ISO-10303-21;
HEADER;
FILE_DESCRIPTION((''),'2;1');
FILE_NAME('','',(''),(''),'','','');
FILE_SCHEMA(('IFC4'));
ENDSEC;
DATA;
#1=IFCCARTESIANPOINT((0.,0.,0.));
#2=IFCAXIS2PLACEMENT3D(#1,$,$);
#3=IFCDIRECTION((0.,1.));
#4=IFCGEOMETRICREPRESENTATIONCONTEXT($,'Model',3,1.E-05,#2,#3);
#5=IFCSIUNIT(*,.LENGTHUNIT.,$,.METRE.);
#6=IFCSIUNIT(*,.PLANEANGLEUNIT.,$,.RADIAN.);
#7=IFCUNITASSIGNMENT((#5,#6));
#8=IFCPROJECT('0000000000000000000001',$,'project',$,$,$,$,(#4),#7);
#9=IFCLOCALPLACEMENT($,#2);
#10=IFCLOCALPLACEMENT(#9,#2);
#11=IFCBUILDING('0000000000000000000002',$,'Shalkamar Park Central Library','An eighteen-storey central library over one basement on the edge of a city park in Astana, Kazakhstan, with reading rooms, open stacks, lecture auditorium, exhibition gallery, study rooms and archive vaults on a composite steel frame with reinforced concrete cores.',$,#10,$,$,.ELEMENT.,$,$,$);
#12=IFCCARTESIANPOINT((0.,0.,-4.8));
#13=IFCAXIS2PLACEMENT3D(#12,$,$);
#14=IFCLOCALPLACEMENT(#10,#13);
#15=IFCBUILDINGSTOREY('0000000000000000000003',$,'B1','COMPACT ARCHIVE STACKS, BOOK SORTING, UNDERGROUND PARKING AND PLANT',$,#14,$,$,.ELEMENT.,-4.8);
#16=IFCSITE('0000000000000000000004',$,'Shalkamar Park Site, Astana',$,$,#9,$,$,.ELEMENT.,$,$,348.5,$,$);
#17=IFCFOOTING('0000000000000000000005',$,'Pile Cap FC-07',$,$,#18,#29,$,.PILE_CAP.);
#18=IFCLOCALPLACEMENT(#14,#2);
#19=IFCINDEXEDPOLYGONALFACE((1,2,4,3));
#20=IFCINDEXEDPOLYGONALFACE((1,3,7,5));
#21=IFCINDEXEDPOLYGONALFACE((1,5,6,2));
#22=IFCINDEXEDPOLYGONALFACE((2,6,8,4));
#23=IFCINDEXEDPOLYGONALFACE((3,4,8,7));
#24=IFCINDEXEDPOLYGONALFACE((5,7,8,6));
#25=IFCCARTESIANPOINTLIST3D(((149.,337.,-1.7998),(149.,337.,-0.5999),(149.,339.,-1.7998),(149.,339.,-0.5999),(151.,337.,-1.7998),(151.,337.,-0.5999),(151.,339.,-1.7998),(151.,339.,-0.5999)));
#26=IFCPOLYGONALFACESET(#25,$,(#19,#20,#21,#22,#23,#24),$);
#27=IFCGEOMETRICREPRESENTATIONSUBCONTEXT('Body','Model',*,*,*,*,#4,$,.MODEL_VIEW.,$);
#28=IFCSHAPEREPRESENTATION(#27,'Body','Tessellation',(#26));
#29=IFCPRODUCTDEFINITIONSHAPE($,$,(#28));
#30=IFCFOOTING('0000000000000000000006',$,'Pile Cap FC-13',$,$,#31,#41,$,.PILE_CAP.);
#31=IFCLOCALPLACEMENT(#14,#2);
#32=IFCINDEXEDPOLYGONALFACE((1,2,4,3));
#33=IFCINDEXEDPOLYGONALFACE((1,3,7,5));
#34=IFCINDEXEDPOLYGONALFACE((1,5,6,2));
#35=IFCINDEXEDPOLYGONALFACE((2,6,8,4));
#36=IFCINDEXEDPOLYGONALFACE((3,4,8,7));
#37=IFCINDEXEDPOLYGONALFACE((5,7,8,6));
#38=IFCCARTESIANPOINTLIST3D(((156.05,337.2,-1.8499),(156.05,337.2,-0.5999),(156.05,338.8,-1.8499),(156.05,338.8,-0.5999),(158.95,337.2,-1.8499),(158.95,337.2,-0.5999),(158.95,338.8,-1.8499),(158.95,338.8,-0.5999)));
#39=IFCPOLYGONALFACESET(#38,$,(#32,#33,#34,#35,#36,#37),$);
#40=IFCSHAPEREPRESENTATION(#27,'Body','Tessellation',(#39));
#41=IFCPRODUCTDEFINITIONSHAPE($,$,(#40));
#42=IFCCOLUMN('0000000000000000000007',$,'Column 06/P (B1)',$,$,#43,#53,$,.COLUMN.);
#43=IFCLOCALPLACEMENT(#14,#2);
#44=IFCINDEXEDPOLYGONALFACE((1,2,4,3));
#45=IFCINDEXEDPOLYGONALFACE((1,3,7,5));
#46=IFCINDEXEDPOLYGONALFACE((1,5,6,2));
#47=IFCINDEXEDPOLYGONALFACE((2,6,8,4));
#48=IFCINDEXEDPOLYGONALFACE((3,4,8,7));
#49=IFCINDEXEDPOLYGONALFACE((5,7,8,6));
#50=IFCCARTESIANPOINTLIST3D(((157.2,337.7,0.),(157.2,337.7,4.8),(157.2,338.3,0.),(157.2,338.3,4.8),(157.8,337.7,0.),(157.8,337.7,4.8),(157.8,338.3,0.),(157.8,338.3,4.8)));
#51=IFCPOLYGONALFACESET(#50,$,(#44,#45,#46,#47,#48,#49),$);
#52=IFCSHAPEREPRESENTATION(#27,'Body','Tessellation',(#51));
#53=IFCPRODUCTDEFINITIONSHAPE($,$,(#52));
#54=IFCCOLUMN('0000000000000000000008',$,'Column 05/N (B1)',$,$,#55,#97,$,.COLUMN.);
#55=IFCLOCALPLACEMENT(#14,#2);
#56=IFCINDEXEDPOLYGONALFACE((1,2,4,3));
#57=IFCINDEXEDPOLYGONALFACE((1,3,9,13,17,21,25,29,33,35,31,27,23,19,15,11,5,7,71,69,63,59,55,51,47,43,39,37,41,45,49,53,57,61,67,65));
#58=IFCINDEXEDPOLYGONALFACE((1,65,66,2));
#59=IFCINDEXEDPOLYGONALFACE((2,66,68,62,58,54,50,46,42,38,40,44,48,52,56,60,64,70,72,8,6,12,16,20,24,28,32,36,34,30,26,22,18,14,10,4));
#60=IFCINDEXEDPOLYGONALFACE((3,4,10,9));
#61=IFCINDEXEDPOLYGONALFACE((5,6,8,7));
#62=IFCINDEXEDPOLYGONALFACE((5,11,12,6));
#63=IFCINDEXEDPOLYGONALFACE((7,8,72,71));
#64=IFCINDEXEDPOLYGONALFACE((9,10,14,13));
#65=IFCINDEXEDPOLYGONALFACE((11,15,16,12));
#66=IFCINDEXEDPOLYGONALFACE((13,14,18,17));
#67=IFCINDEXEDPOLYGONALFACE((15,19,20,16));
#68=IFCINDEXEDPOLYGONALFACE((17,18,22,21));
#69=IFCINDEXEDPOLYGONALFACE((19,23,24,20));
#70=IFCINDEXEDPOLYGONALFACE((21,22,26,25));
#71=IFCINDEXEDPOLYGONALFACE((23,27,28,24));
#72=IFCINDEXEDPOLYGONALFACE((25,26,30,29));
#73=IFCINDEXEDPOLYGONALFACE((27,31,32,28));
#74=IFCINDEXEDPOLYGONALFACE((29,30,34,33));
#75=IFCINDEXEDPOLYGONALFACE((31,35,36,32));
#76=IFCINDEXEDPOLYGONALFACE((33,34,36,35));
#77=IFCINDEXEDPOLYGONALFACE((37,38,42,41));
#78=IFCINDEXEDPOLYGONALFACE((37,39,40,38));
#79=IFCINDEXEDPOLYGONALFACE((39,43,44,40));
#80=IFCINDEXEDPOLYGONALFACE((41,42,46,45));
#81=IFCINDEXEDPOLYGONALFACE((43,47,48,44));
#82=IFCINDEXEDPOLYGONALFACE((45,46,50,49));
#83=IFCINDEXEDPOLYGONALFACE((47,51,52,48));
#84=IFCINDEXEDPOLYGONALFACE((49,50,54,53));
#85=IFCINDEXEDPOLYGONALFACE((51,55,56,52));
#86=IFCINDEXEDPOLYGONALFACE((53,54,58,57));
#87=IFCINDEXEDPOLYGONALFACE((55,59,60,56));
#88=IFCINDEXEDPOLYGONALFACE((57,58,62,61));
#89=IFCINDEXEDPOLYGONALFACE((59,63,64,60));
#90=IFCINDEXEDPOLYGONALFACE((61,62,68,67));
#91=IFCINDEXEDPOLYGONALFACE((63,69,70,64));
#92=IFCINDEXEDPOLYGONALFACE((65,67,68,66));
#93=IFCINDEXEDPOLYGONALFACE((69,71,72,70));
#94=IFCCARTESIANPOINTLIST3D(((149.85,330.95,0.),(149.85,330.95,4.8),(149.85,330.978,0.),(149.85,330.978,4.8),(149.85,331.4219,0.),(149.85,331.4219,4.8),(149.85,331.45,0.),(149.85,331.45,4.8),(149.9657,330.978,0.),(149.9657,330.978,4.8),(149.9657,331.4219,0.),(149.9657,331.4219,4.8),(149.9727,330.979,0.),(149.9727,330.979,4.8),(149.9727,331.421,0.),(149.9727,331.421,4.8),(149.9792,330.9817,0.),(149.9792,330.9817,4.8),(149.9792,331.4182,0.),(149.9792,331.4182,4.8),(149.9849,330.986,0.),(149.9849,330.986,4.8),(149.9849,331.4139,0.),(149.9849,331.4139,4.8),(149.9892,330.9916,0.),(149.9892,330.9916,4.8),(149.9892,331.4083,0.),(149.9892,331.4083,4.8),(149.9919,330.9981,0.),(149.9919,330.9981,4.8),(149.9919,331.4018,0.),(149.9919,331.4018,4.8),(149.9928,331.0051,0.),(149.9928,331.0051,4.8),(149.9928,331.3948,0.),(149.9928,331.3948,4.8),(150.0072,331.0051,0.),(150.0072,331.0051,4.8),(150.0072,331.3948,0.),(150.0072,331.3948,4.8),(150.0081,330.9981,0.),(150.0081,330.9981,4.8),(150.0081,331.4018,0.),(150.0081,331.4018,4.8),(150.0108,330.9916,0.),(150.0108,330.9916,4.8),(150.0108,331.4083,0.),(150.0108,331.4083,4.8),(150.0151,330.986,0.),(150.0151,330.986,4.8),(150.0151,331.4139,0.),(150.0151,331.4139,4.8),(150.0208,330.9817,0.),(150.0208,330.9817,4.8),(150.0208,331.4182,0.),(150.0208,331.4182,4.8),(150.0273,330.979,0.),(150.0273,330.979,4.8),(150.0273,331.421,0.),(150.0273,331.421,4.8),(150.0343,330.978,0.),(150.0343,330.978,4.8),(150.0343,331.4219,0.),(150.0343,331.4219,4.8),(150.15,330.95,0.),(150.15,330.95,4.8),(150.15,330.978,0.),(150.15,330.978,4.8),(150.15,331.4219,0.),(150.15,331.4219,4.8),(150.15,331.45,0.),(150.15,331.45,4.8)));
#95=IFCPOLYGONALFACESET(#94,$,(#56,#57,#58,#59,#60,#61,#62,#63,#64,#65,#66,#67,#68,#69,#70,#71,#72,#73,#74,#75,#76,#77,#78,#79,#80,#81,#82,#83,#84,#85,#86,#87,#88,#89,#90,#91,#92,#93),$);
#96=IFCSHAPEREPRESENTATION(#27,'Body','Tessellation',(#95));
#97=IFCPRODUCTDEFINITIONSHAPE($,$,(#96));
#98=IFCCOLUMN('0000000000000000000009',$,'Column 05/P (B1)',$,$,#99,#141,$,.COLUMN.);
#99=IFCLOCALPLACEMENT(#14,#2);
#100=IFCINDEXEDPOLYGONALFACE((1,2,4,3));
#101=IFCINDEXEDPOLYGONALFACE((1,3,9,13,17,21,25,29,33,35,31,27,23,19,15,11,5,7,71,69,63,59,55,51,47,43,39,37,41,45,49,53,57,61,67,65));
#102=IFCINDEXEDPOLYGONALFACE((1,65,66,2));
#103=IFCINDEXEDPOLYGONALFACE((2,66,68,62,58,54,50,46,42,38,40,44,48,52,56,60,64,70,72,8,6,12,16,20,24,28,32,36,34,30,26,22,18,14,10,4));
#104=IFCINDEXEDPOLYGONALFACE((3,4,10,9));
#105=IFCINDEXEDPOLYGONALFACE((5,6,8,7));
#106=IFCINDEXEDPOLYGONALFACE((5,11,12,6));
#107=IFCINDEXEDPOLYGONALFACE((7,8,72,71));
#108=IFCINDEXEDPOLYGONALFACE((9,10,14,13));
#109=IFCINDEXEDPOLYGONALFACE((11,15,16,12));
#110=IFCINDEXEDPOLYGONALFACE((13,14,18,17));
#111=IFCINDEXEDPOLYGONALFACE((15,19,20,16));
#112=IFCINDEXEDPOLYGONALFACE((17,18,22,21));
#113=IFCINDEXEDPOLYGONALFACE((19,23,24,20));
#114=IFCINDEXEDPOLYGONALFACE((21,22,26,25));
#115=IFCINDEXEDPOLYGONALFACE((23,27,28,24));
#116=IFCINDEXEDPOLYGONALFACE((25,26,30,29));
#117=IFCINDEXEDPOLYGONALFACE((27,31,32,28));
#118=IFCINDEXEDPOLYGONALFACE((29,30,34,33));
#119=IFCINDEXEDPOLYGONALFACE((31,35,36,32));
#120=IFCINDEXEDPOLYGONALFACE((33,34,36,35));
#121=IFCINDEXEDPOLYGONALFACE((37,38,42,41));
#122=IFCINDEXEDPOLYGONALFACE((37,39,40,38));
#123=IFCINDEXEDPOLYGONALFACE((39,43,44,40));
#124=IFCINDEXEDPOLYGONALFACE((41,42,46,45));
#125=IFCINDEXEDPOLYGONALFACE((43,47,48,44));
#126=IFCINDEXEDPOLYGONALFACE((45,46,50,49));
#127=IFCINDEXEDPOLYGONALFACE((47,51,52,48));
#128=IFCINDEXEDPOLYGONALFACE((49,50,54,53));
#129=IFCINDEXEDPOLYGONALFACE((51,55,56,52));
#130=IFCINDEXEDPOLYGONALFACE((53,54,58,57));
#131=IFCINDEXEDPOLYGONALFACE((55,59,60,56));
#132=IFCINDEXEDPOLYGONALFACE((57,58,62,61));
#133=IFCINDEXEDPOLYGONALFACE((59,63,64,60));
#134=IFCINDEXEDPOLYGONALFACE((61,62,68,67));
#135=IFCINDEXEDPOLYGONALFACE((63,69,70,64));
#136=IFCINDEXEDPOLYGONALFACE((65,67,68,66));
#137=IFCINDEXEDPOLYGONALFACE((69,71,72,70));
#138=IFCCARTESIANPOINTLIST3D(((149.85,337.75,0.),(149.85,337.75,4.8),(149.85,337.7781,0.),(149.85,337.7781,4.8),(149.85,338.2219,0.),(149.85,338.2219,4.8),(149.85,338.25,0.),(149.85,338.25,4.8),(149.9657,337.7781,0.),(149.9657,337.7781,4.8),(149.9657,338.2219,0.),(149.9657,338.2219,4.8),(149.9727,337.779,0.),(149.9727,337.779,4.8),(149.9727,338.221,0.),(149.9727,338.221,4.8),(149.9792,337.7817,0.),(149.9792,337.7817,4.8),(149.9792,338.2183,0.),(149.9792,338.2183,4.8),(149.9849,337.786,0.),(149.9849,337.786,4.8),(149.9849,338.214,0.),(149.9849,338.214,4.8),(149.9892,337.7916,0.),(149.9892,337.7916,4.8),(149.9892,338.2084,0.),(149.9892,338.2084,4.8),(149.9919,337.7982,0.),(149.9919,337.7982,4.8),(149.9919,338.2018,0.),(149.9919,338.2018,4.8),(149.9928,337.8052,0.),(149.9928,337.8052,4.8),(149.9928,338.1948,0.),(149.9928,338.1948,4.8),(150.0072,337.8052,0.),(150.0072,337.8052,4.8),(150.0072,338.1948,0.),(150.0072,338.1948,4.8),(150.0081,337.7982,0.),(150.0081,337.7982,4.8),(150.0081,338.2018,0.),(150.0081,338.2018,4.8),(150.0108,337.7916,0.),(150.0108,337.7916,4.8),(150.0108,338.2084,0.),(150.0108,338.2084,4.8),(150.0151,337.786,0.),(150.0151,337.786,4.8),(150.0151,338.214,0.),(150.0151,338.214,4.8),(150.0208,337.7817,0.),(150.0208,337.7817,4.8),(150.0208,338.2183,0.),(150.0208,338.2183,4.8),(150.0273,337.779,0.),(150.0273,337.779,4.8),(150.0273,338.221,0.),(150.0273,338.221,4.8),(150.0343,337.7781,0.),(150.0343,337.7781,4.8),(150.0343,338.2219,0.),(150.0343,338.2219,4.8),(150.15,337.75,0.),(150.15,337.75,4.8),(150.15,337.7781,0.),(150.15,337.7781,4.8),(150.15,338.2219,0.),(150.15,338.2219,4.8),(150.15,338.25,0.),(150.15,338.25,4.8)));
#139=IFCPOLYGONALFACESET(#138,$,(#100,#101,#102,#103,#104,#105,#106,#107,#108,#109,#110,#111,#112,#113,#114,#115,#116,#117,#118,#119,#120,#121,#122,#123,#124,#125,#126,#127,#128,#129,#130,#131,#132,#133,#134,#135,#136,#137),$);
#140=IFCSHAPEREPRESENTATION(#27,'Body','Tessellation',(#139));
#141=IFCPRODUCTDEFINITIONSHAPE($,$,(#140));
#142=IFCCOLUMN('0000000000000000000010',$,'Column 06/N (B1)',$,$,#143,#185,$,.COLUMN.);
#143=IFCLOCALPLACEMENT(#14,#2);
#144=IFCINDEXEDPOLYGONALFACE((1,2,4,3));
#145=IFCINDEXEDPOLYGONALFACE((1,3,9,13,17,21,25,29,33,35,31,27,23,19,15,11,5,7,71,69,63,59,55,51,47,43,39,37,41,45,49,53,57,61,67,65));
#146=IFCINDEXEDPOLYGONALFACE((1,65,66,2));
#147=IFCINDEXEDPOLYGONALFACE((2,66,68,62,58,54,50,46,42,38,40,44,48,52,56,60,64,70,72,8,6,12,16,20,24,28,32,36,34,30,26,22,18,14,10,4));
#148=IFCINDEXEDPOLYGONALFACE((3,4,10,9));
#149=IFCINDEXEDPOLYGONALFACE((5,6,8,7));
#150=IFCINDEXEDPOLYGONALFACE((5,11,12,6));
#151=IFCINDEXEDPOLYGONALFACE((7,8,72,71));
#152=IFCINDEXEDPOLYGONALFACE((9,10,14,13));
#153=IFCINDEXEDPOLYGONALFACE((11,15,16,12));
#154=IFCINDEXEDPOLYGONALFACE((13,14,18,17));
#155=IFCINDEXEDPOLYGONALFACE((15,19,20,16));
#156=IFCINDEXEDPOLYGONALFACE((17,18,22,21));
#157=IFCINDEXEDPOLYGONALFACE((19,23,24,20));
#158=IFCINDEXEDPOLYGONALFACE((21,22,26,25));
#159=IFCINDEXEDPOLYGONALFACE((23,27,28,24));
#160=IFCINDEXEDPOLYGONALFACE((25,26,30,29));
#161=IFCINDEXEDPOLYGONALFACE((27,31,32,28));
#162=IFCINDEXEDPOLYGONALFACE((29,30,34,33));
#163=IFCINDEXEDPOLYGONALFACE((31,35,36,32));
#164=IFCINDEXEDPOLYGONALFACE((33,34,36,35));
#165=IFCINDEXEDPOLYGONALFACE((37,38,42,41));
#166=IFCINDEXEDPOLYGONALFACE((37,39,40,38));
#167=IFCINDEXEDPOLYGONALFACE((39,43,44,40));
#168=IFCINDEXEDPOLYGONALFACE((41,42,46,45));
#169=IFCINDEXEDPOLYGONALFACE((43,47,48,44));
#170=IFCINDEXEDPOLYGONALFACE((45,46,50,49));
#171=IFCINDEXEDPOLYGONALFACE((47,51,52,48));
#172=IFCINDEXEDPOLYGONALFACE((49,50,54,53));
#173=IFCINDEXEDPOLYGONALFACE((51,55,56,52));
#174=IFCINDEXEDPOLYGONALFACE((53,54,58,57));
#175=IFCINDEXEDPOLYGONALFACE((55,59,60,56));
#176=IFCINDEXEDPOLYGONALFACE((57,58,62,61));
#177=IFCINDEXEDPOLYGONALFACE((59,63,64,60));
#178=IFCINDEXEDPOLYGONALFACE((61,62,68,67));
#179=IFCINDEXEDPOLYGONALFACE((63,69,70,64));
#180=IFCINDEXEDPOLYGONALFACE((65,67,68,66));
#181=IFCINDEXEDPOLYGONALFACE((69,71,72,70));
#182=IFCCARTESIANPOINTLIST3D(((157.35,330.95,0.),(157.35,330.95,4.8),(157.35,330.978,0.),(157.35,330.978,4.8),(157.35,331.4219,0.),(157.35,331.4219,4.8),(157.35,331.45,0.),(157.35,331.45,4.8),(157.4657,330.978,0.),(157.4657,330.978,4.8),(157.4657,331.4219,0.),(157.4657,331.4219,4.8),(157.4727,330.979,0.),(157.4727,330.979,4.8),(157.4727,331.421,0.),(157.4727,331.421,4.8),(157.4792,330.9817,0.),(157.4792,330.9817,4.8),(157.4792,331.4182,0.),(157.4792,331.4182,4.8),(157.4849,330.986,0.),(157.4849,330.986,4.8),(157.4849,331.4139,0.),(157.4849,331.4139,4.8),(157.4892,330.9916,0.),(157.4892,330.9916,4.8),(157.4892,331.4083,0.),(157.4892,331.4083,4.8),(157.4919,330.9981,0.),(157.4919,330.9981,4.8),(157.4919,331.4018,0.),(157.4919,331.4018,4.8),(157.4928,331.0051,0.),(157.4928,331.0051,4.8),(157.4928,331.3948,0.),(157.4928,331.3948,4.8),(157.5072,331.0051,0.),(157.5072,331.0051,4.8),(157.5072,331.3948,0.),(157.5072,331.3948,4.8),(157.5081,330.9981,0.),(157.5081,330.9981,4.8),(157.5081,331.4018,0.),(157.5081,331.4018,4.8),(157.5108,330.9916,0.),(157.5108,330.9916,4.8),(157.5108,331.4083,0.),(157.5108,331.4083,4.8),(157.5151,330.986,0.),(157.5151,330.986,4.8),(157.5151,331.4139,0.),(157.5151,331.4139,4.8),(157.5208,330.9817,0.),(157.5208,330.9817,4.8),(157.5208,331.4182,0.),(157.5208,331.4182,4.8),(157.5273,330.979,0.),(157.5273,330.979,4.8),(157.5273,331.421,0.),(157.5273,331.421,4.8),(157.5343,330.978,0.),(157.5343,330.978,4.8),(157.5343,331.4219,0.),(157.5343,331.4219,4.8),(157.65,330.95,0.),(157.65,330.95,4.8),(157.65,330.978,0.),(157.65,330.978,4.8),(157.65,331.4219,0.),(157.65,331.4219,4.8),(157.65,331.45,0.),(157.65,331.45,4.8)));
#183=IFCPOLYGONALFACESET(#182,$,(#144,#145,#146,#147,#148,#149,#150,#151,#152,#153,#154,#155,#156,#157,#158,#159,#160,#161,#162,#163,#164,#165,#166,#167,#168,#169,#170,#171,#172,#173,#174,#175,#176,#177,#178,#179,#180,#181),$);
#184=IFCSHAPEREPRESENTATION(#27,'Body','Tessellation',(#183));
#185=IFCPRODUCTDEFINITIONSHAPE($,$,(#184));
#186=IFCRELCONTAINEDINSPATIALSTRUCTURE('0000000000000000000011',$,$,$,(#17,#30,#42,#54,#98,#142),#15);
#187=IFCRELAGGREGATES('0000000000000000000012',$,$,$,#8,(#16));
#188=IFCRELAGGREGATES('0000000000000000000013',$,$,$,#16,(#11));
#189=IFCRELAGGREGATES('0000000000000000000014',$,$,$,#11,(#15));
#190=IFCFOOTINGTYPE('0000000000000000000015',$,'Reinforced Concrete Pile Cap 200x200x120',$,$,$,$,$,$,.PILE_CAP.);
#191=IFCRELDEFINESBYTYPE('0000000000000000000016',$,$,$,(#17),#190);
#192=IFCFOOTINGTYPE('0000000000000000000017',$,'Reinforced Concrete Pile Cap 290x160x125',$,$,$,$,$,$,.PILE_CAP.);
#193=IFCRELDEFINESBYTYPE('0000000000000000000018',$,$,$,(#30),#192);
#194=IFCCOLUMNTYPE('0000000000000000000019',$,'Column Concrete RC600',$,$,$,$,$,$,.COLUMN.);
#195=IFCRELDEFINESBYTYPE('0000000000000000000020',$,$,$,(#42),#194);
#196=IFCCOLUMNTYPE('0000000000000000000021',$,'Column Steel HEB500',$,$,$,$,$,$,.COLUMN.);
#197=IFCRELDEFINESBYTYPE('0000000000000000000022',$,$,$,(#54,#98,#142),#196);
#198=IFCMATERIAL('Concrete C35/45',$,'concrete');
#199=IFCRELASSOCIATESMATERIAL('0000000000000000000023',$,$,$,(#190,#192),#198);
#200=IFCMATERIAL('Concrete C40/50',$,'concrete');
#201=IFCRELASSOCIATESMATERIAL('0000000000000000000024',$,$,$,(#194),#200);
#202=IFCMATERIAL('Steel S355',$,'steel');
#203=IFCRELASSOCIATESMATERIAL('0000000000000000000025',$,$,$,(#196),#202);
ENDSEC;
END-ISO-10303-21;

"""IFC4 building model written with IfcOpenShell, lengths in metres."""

from ifc_helpers import new_model, si_unit, direction, frame, origin, origin_2d, place, context, subcontext, project, spatial, rectangle, i_section, extrude, material, material_profile, profile_set, type_object, element, save


model = new_model("IFC4")

# Units and contexts
model_context = context("Model", 3, precision=1e-05, world=origin(), true_north=direction((0.0, 1.0)))
body_context = subcontext(model_context, "Body", "Model", "MODEL_VIEW")
ifc_project = project(units=[si_unit("LENGTHUNIT", "METRE"), si_unit("PLANEANGLEUNIT", "RADIAN")], contexts=[model_context])

# Site, building, storey
site_placement = place(None, origin())
site = spatial("IfcSite", under=ifc_project, at=site_placement, Name="Shalkamar Park Site, Astana", CompositionType="ELEMENT", RefElevation=348.5)
building_placement = place(site_placement, origin())
building = spatial("IfcBuilding", under=site, at=building_placement, Name="Shalkamar Park Central Library", Description="An eighteen-storey central library over one basement on the edge of a city park in Astana, Kazakhstan, with reading rooms, open stacks, lecture auditorium, exhibition gallery, study rooms and archive vaults on a composite steel frame with reinforced concrete cores.", CompositionType="ELEMENT")
storey_placement = place(building_placement, frame((0.0, 0.0, -4.8)))
storey = spatial("IfcBuildingStorey", under=building, at=storey_placement, Name="B1", Description="COMPACT ARCHIVE STACKS, BOOK SORTING, UNDERGROUND PARKING AND PLANT", CompositionType="ELEMENT", Elevation=-4.8)

# Shared definitions
ifc_material_1 = material(Name="Concrete C35/45", Category="concrete")

# Footings
footing_type_1 = type_object("IfcFootingType", Name="Reinforced Concrete Pile Cap 200x200x120", PredefinedType="PILE_CAP", material=ifc_material_1)
footing_1_placement = place(storey_placement, frame((150.0, 338.0, -1.7998), z_axis=(0.0, 0.0, 1.0), x_axis=(1.0, 0.0, 0.0)))
element("IfcFooting", 1, at=footing_1_placement, inside=storey, type_object=footing_type_1, Name="Pile Cap FC-07", PredefinedType="PILE_CAP", context=body_context, shape_type="SweptSolid", body=[
    extrude(rectangle(XDim=2.0, YDim=2.0, at=origin_2d()), origin(), (0.0, 0.0, 1.0), 1.2),
])
footing_type_2 = type_object("IfcFootingType", Name="Reinforced Concrete Pile Cap 290x160x125", PredefinedType="PILE_CAP", material=ifc_material_1)
footing_2_placement = place(storey_placement, frame((157.5, 338.0, -1.8499), z_axis=(0.0, 0.0, 1.0), x_axis=(1.0, 0.0, 0.0)))
element("IfcFooting", 2, at=footing_2_placement, inside=storey, type_object=footing_type_2, Name="Pile Cap FC-13", PredefinedType="PILE_CAP", context=body_context, shape_type="SweptSolid", body=[
    extrude(rectangle(XDim=2.8999, YDim=1.6001, at=origin_2d()), origin(), (0.0, 0.0, 1.0), 1.25),
])

# Columns
ifc_material_2 = material(Name="Concrete C40/50", Category="concrete")
ifc_material_profile_1 = material_profile(ifc_material_2, rectangle(XDim=0.6001, YDim=0.6001, at=origin_2d()), Name="RC 600x600")
ifc_profile_set_1 = profile_set([ifc_material_profile_1], Name="Concrete C40/50")
column_type_1 = type_object("IfcColumnType", Name="Column Concrete RC600", PredefinedType="COLUMN", material=ifc_profile_set_1)
column_placement = place(storey_placement, frame((157.5, 338.0, 0.0), z_axis=(0.0, 0.0, 1.0), x_axis=(1.0, 0.0, 0.0)))
element("IfcColumn", 3, at=column_placement, inside=storey, type_object=column_type_1, Name="Column 06/P (B1)", PredefinedType="COLUMN", context=body_context, shape_type="SweptSolid", body=[
    extrude(rectangle(XDim=0.6001, YDim=0.6001, at=origin_2d()), origin(), (0.0, 0.0, 1.0), 4.8),
])
ifc_material_3 = material(Name="Steel S355", Category="steel")
ifc_material_profile_2 = material_profile(ifc_material_3, i_section(OverallWidth=0.3, OverallDepth=0.5, WebThickness=0.0144, FlangeThickness=0.0281, FilletRadius=0.0271, at=origin_2d()), Name="HEB 500")
ifc_profile_set_2 = profile_set([ifc_material_profile_2], Name="Steel S355")
column_type_2 = type_object("IfcColumnType", Name="Column Steel HEB500", PredefinedType="COLUMN", material=ifc_profile_set_2)
for number, where, z_axis, x_axis, name in (
    (4, (150.0, 331.2, 0.0), (0.0, 0.0, 1.0), (1.0, 0.0, 0.0), "Column 05/N (B1)"),
    (5, (150.0, 338.0, 0.0), (0.0, 0.0, 1.0), (1.0, 0.0, 0.0), "Column 05/P (B1)"),
    (6, (157.5, 331.2, 0.0), (0.0, 0.0, 1.0), (1.0, 0.0, 0.0), "Column 06/N (B1)"),
):
    element("IfcColumn", number, at=place(storey_placement, frame(where, z_axis=z_axis, x_axis=x_axis)), inside=storey, type_object=column_type_2, Name=name, PredefinedType="COLUMN", context=body_context, shape_type="SweptSolid", body=[
        extrude(i_section(OverallWidth=0.3, OverallDepth=0.5, WebThickness=0.0144, FlangeThickness=0.0281, FilletRadius=0.0271, at=origin_2d()), origin(), (0.0, 0.0, 1.0), 4.8),
    ])

save(model, "model.ifc")
